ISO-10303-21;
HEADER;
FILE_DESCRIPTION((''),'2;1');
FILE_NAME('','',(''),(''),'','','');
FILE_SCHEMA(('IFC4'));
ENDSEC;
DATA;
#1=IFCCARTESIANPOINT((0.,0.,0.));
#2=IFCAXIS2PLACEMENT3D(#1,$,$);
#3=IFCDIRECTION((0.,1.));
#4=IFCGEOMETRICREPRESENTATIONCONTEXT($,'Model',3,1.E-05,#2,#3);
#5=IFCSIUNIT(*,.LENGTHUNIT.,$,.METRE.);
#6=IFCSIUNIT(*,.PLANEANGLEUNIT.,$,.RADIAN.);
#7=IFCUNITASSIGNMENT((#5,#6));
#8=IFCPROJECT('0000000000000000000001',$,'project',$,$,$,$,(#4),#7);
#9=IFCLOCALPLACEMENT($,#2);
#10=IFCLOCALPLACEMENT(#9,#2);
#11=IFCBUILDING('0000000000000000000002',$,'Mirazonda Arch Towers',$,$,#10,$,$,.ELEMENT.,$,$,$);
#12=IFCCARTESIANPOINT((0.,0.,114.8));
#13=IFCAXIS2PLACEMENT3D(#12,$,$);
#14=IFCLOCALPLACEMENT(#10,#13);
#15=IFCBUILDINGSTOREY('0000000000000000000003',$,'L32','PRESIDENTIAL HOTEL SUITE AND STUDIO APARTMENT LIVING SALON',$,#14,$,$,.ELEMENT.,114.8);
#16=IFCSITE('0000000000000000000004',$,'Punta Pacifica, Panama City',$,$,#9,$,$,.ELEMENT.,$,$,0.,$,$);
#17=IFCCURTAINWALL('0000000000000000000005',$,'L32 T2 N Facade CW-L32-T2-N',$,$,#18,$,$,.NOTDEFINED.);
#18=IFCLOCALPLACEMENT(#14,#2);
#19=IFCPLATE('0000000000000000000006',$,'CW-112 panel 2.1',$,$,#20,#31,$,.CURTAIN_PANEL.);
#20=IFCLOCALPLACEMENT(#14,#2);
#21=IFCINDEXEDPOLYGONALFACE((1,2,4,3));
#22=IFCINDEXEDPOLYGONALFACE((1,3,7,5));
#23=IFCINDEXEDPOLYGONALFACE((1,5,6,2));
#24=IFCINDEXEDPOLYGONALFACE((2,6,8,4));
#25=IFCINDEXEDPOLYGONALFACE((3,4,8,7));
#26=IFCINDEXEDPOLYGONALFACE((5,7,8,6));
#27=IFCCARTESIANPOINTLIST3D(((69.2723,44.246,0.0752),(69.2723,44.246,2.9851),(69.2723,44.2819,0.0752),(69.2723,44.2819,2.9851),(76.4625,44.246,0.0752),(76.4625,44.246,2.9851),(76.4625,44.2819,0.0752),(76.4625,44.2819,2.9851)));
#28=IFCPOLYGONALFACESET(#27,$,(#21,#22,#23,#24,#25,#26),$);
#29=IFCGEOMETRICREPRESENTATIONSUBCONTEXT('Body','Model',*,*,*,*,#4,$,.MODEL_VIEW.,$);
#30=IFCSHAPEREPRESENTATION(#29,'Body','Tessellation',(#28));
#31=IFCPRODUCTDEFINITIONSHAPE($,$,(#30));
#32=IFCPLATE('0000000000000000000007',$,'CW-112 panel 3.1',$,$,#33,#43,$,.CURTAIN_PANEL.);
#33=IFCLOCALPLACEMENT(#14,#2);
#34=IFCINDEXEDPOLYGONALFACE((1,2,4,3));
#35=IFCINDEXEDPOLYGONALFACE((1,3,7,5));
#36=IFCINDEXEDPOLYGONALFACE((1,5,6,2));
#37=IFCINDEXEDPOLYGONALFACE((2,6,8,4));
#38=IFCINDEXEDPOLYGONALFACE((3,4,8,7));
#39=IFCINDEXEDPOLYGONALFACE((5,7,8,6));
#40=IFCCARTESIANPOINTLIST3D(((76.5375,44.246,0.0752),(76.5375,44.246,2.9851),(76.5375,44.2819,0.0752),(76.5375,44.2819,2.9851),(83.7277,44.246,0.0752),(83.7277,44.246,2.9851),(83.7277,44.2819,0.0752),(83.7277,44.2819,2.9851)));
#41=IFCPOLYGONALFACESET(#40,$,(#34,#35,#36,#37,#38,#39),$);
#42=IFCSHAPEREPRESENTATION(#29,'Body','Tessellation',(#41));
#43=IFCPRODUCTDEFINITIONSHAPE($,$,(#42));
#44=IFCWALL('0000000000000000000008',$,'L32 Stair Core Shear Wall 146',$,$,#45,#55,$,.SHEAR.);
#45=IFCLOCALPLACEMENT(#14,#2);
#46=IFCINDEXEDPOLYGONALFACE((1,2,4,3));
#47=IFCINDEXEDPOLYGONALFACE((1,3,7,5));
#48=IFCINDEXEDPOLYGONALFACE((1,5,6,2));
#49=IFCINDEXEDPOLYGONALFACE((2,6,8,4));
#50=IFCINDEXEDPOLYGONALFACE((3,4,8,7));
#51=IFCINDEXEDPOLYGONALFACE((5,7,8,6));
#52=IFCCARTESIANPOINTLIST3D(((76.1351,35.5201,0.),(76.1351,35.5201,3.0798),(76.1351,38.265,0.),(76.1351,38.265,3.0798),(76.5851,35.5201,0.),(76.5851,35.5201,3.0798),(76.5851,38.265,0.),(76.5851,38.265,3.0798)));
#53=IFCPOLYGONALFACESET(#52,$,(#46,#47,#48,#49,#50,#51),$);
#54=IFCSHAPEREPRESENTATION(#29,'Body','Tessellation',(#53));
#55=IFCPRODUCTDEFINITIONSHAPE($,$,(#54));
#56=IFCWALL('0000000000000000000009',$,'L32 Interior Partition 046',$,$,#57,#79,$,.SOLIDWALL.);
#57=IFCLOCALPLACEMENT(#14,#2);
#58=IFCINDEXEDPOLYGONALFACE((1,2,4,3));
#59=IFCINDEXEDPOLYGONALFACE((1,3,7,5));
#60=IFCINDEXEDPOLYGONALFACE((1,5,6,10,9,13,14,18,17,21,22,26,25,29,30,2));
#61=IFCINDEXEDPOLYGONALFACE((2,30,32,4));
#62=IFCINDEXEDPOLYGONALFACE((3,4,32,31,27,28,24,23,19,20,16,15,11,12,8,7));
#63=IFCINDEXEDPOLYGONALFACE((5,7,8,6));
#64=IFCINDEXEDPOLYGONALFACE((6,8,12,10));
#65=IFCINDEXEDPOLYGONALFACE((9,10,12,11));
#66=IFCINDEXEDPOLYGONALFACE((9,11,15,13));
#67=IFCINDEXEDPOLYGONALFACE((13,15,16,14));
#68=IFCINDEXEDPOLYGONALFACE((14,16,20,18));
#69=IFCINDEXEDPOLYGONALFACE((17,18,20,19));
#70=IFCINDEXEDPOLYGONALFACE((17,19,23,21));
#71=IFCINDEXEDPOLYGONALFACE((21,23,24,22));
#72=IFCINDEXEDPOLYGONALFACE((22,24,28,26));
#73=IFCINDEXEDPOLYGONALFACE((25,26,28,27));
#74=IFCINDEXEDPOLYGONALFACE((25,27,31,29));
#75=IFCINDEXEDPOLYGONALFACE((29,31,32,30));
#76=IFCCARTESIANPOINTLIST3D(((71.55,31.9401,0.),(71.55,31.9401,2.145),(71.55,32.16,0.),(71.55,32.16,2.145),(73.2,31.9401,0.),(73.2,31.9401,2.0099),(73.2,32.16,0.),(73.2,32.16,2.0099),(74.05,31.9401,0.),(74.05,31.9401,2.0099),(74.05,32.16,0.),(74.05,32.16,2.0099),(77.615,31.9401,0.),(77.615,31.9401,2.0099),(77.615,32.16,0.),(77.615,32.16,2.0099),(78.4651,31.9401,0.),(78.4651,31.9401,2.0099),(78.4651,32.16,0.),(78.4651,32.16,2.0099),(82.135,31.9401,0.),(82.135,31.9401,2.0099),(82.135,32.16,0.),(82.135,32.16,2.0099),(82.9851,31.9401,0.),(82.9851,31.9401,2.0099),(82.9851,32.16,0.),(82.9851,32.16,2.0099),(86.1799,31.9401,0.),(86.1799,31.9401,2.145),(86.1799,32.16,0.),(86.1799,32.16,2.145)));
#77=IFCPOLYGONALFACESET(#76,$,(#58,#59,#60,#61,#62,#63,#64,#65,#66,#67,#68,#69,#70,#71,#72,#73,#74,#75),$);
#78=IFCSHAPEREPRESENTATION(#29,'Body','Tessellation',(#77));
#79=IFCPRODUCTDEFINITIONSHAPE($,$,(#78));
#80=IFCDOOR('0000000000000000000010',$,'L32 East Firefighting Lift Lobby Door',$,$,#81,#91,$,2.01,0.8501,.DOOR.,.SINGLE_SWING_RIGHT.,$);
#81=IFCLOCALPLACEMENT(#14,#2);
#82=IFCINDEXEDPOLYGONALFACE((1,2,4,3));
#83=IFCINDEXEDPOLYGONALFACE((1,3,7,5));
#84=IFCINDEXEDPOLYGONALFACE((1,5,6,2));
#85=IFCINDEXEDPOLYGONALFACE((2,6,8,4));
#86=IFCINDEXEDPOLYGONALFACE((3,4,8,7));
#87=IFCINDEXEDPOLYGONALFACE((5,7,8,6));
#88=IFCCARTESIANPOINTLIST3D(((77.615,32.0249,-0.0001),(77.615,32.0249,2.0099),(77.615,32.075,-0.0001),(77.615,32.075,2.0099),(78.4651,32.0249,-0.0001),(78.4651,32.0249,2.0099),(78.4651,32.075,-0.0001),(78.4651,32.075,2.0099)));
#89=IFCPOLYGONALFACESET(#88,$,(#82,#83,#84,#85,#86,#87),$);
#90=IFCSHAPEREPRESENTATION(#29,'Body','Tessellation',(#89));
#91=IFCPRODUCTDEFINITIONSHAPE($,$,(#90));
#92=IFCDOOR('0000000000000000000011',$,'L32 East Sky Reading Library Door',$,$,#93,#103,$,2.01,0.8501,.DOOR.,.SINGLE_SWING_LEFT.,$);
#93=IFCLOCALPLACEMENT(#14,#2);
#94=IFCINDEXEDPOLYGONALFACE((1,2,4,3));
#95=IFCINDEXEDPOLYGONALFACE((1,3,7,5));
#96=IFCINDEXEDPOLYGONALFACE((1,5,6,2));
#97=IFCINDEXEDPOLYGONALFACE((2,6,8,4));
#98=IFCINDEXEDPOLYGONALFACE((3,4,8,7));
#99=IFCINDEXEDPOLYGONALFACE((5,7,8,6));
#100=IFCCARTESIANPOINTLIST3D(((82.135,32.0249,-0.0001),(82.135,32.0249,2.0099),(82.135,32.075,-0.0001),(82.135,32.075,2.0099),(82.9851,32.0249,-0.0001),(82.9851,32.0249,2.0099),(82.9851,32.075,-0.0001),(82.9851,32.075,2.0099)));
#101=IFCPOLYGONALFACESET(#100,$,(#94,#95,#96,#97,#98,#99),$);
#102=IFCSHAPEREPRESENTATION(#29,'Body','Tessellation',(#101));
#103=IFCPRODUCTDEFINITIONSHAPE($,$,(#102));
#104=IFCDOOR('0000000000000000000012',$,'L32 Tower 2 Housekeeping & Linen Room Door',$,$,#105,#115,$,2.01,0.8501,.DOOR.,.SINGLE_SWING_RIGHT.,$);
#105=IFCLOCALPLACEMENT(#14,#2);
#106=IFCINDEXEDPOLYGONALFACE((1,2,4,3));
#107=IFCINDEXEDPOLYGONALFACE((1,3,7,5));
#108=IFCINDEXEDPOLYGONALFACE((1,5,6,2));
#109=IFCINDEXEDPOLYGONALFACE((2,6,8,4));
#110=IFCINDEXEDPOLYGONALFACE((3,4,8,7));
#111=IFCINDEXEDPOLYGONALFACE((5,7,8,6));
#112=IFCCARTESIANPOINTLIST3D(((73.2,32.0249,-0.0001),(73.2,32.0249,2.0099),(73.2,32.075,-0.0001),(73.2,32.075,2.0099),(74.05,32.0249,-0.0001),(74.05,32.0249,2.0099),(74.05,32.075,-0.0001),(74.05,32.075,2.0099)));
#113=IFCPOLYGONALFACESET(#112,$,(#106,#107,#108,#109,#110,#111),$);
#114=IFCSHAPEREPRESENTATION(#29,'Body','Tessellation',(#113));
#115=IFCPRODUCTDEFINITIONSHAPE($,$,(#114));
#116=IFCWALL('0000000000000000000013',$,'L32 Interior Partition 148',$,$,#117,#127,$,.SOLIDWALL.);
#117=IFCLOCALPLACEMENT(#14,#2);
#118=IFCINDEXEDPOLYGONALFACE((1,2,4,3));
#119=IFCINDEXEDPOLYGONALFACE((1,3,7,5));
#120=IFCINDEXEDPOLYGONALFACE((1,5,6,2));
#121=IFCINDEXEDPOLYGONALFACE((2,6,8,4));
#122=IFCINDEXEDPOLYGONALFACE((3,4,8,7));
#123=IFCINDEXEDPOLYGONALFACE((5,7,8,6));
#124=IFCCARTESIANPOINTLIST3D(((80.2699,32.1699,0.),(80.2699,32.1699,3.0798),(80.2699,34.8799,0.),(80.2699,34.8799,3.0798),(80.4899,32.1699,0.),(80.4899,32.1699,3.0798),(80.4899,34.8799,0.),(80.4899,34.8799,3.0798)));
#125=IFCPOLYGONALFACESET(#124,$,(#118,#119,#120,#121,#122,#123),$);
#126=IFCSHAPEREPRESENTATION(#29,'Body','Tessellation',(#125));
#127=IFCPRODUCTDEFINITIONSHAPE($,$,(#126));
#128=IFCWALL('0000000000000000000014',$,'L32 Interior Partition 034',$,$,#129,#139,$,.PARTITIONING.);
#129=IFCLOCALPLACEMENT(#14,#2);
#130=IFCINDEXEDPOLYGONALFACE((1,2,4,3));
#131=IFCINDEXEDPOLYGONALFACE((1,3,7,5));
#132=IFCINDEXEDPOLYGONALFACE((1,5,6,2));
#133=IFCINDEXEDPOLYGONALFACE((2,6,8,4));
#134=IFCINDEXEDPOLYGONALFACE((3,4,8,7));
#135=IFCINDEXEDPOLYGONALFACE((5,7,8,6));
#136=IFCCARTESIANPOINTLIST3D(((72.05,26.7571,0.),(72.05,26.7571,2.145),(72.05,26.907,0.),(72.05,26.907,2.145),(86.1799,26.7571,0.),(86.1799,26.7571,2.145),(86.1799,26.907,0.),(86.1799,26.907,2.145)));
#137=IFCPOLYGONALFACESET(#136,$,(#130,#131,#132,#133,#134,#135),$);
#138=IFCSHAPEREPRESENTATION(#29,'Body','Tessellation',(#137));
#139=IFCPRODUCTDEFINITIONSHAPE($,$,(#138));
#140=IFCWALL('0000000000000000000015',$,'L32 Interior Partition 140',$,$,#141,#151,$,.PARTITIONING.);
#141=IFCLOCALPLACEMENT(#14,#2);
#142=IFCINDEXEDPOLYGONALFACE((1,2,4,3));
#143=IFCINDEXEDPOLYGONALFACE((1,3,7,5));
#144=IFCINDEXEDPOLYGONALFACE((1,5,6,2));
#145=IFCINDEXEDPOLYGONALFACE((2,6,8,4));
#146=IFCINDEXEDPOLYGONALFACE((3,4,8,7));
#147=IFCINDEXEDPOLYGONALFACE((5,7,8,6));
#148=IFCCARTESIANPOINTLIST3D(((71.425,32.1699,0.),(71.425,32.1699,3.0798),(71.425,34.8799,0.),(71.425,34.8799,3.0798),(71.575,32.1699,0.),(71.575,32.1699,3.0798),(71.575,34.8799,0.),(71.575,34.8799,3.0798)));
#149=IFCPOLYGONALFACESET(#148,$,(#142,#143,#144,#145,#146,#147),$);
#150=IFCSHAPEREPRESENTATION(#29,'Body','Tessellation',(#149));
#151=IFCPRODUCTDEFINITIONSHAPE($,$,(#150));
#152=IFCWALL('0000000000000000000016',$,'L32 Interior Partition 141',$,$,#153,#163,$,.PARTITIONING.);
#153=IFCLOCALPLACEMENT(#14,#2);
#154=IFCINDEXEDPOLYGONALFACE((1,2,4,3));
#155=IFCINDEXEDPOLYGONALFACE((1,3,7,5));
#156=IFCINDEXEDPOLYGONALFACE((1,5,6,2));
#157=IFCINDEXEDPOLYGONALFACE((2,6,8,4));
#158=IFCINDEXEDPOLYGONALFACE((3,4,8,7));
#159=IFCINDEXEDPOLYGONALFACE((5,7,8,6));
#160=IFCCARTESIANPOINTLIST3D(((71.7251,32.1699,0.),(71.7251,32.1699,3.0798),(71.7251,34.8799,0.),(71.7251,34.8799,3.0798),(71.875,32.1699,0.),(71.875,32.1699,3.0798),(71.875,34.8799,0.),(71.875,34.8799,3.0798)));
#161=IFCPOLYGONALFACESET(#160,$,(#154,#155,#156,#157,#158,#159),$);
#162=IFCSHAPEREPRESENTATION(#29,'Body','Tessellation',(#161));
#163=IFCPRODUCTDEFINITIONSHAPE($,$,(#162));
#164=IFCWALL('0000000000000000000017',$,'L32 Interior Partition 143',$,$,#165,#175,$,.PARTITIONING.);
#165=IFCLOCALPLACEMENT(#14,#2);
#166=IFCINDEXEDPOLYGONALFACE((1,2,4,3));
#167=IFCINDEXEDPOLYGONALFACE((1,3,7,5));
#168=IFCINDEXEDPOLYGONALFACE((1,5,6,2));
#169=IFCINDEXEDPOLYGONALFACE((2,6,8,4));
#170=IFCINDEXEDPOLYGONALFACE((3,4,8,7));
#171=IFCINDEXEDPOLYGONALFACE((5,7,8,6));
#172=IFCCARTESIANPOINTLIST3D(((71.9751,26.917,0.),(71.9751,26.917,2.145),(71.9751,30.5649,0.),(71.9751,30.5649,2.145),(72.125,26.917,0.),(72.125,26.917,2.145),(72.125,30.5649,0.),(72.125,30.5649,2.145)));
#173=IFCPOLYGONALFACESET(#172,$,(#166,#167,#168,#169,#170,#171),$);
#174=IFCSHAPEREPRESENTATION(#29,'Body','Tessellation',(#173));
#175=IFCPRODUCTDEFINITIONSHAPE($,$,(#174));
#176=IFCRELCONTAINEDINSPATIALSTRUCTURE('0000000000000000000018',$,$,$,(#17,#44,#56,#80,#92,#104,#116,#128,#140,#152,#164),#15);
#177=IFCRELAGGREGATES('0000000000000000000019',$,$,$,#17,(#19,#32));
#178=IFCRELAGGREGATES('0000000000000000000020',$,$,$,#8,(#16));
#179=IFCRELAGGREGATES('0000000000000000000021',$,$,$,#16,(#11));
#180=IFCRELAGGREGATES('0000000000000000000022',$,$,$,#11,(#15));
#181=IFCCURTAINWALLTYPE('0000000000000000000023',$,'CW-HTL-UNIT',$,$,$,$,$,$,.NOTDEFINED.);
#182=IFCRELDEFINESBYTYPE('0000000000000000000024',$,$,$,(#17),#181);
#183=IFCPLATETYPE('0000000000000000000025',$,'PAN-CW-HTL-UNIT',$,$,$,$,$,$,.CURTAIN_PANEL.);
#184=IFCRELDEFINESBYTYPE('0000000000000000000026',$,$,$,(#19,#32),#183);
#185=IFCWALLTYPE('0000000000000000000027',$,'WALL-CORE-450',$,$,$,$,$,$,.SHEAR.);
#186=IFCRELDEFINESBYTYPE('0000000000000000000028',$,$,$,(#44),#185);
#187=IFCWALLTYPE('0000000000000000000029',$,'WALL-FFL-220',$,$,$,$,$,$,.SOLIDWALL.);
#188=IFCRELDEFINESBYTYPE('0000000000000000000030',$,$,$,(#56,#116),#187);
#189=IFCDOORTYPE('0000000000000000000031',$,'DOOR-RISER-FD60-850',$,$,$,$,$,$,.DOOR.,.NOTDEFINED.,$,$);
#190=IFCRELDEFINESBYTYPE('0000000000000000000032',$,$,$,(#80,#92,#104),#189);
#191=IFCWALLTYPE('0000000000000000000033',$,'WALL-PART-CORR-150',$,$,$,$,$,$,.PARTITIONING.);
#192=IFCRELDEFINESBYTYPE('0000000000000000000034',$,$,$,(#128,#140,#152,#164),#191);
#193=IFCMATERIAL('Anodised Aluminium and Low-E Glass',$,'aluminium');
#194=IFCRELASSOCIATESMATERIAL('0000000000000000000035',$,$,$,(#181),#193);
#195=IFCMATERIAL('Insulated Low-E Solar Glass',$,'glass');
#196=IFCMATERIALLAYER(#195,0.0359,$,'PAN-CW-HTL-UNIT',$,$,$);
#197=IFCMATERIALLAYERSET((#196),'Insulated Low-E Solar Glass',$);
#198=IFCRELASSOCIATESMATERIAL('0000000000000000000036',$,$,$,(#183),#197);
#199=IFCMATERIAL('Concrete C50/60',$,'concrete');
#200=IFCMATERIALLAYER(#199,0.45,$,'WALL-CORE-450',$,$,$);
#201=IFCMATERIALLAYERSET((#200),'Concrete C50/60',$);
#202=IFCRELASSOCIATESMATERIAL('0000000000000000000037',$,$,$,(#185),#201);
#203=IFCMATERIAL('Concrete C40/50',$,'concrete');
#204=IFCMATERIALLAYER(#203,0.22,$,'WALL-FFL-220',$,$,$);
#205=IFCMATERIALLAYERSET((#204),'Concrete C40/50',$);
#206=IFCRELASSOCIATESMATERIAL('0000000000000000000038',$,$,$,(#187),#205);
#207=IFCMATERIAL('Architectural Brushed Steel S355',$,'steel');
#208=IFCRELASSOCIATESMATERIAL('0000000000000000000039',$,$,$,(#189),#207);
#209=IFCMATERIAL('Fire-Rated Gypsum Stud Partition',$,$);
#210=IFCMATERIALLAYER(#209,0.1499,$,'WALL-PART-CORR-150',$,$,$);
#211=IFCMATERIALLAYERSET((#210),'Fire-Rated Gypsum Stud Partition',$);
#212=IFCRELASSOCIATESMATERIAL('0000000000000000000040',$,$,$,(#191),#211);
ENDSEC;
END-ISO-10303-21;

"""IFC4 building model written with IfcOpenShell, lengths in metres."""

from ifc_helpers import new_model, si_unit, direction, frame, frame_2d, origin, origin_2d, place, context, subcontext, project, spatial, rectangle, extrude, material, layer, layer_set, type_object, element, fill, aggregate, save


model = new_model("IFC4")

# Units and contexts
model_context = context("Model", 3, precision=1e-05, world=origin(), true_north=direction((0.0, 1.0)))
body_context = subcontext(model_context, "Body", "Model", "MODEL_VIEW")
ifc_project = project(units=[si_unit("LENGTHUNIT", "METRE"), si_unit("PLANEANGLEUNIT", "RADIAN")], contexts=[model_context])

# Site, building, storey
site_placement = place(None, origin())
site = spatial("IfcSite", under=ifc_project, at=site_placement, Name="Punta Pacifica, Panama City", CompositionType="ELEMENT", RefElevation=0.0)
building_placement = place(site_placement, origin())
building = spatial("IfcBuilding", under=site, at=building_placement, Name="Mirazonda Arch Towers", CompositionType="ELEMENT")
storey_placement = place(building_placement, frame((0.0, 0.0, 114.8)))
storey = spatial("IfcBuildingStorey", under=building, at=storey_placement, Name="L32", Description="PRESIDENTIAL HOTEL SUITE AND STUDIO APARTMENT LIVING SALON", CompositionType="ELEMENT", Elevation=114.8)

# Shared definitions
ifc_material_1 = material(Name="Concrete C50/60", Category="concrete")

# Curtain wall, plates
ifc_material_2 = material(Name="Anodised Aluminium and Low-E Glass", Category="aluminium")
curtain_wall_type = type_object("IfcCurtainWallType", Name="CW-HTL-UNIT", PredefinedType="NOTDEFINED", material=ifc_material_2)
curtain_wall_placement = place(storey_placement, origin())
curtain_wall = element("IfcCurtainWall", 1, at=curtain_wall_placement, inside=storey, type_object=curtain_wall_type, Name="L32 T2 N Facade CW-L32-T2-N", PredefinedType="NOTDEFINED")
ifc_material_3 = material(Name="Insulated Low-E Solar Glass", Category="glass")
ifc_layer_1 = layer(ifc_material_3, 0.0359, Name="PAN-CW-HTL-UNIT")
ifc_layer_set_1 = layer_set([ifc_layer_1], Name="Insulated Low-E Solar Glass")
plate_type = type_object("IfcPlateType", Name="PAN-CW-HTL-UNIT", PredefinedType="CURTAIN_PANEL", material=ifc_layer_set_1)
plate_1_placement = place(storey_placement, frame((72.8674, 44.2639, 0.0752), z_axis=(0.0, 0.0, 1.0), x_axis=(1.0, 0.0, 0.0)))
plate_1 = element("IfcPlate", 2, at=plate_1_placement, type_object=plate_type, Name="CW-112 panel 2.1", PredefinedType="CURTAIN_PANEL", context=body_context, shape_type="SweptSolid", body=[
    extrude(rectangle(XDim=7.1902, YDim=0.0359, at=origin_2d()), origin(), (0.0, 0.0, 1.0), 2.9099),
])
plate_2_placement = place(storey_placement, frame((80.1326, 44.2639, 0.0752), z_axis=(0.0, 0.0, 1.0), x_axis=(1.0, 0.0, 0.0)))
plate_2 = element("IfcPlate", 3, at=plate_2_placement, type_object=plate_type, Name="CW-112 panel 3.1", PredefinedType="CURTAIN_PANEL", context=body_context, shape_type="SweptSolid", body=[
    extrude(rectangle(XDim=7.1902, YDim=0.0359, at=origin_2d()), origin(), (0.0, 0.0, 1.0), 2.9099),
])
aggregate(curtain_wall, [plate_1, plate_2])

# Wall
ifc_layer_2 = layer(ifc_material_1, 0.45, Name="WALL-CORE-450")
ifc_layer_set_2 = layer_set([ifc_layer_2], Name="Concrete C50/60")
wall_type_1 = type_object("IfcWallType", Name="WALL-CORE-450", PredefinedType="SHEAR", material=ifc_layer_set_2)
wall_1_placement = place(storey_placement, frame((76.3601, 35.52, 0.0), z_axis=(0.0, 0.0, 1.0), x_axis=(0.0, 1.0, 0.0)))
element("IfcWall", 4, at=wall_1_placement, inside=storey, type_object=wall_type_1, Name="L32 Stair Core Shear Wall 146", PredefinedType="SHEAR", context=body_context, shape_type="SweptSolid", body=[
    extrude(rectangle(XDim=2.7449, YDim=0.45, at=frame_2d((1.3726, 0.0))), origin(), (0.0, 0.0, 1.0), 3.0798),
])

# Wall, openings, doors
ifc_material_4 = material(Name="Concrete C40/50", Category="concrete")
ifc_layer_3 = layer(ifc_material_4, 0.22, Name="WALL-FFL-220")
ifc_layer_set_3 = layer_set([ifc_layer_3], Name="Concrete C40/50")
wall_type_2 = type_object("IfcWallType", Name="WALL-FFL-220", PredefinedType="SOLIDWALL", material=ifc_layer_set_3)
wall_2_placement = place(storey_placement, frame((71.55, 32.05, 0.0), z_axis=(0.0, 0.0, 1.0), x_axis=(1.0, 0.0, 0.0)))
wall_2 = element("IfcWall", 5, at=wall_2_placement, inside=storey, type_object=wall_type_2, Name="L32 Interior Partition 046", PredefinedType="SOLIDWALL", context=body_context, shape_type="SweptSolid", body=[
    extrude(rectangle(XDim=14.6299, YDim=0.22, at=frame_2d((7.3149, 0.0))), origin(), (0.0, 0.0, 1.0), 2.145),
])
opening_1_placement = place(wall_2_placement, frame((6.0649, 0.0, 0.0)))
opening_1 = element("IfcOpeningElement", 6, at=opening_1_placement, cuts=wall_2, PredefinedType="OPENING", context=body_context, shape_type="SweptSolid", body=[
    extrude(rectangle(XDim=0.8501, YDim=2.01, at=frame_2d((0.425, 1.0049))), frame((0.0, 0.1199, 0.0), z_axis=(0.0, -1.0, 0.0), x_axis=(1.0, 0.0, 0.0)), (0.0, 0.0, 1.0), 0.24),
])
opening_2_placement = place(wall_2_placement, frame((10.585, 0.0, 0.0)))
opening_2 = element("IfcOpeningElement", 7, at=opening_2_placement, cuts=wall_2, PredefinedType="OPENING", context=body_context, shape_type="SweptSolid", body=[
    extrude(rectangle(XDim=0.8501, YDim=2.01, at=frame_2d((0.425, 1.0049))), frame((0.0, 0.1199, 0.0), z_axis=(0.0, -1.0, 0.0), x_axis=(1.0, 0.0, 0.0)), (0.0, 0.0, 1.0), 0.24),
])
opening_3_placement = place(wall_2_placement, frame((1.6499, 0.0, 0.0)))
opening_3 = element("IfcOpeningElement", 8, at=opening_3_placement, cuts=wall_2, PredefinedType="OPENING", context=body_context, shape_type="SweptSolid", body=[
    extrude(rectangle(XDim=0.8501, YDim=2.01, at=frame_2d((0.425, 1.0049))), frame((0.0, 0.1199, 0.0), z_axis=(0.0, -1.0, 0.0), x_axis=(1.0, 0.0, 0.0)), (0.0, 0.0, 1.0), 0.24),
])
ifc_material_5 = material(Name="Architectural Brushed Steel S355", Category="steel")
door_type = type_object("IfcDoorType", Name="DOOR-RISER-FD60-850", OperationType="NOTDEFINED", PredefinedType="DOOR", material=ifc_material_5)
door_1_placement = place(opening_1_placement, origin())
door_1 = element("IfcDoor", 9, at=door_1_placement, inside=storey, type_object=door_type, Name="L32 East Firefighting Lift Lobby Door", OperationType="SINGLE_SWING_RIGHT", OverallHeight=2.01, OverallWidth=0.8501, PredefinedType="DOOR", context=body_context, shape_type="SweptSolid", body=[
    extrude(rectangle(XDim=0.8501, YDim=2.01, at=frame_2d((0.425, 1.0049))), frame((0.0, 0.0249, 0.0), z_axis=(0.0, -1.0, 0.0), x_axis=(1.0, 0.0, 0.0)), (0.0, 0.0, 1.0), 0.05),
])
fill(opening_1, door_1)
door_2_placement = place(opening_2_placement, origin())
door_2 = element("IfcDoor", 10, at=door_2_placement, inside=storey, type_object=door_type, Name="L32 East Sky Reading Library Door", OperationType="SINGLE_SWING_LEFT", OverallHeight=2.01, OverallWidth=0.8501, PredefinedType="DOOR", context=body_context, shape_type="SweptSolid", body=[
    extrude(rectangle(XDim=0.8501, YDim=2.01, at=frame_2d((0.425, 1.0049))), frame((0.0, 0.0249, 0.0), z_axis=(0.0, -1.0, 0.0), x_axis=(1.0, 0.0, 0.0)), (0.0, 0.0, 1.0), 0.05),
])
fill(opening_2, door_2)
door_3_placement = place(opening_3_placement, origin())
door_3 = element("IfcDoor", 11, at=door_3_placement, inside=storey, type_object=door_type, Name="L32 Tower 2 Housekeeping & Linen Room Door", OperationType="SINGLE_SWING_RIGHT", OverallHeight=2.01, OverallWidth=0.8501, PredefinedType="DOOR", context=body_context, shape_type="SweptSolid", body=[
    extrude(rectangle(XDim=0.8501, YDim=2.01, at=frame_2d((0.425, 1.0049))), frame((0.0, 0.0249, 0.0), z_axis=(0.0, -1.0, 0.0), x_axis=(1.0, 0.0, 0.0)), (0.0, 0.0, 1.0), 0.05),
])
fill(opening_3, door_3)

# Walls
wall_3_placement = place(storey_placement, frame((80.3799, 32.1699, 0.0), z_axis=(0.0, 0.0, 1.0), x_axis=(0.0, 1.0, 0.0)))
element("IfcWall", 12, at=wall_3_placement, inside=storey, type_object=wall_type_2, Name="L32 Interior Partition 148", PredefinedType="SOLIDWALL", context=body_context, shape_type="SweptSolid", body=[
    extrude(rectangle(XDim=2.71, YDim=0.22, at=frame_2d((1.355, 0.0))), origin(), (0.0, 0.0, 1.0), 3.0798),
])
ifc_material_6 = material(Name="Fire-Rated Gypsum Stud Partition")
ifc_layer_4 = layer(ifc_material_6, 0.1499, Name="WALL-PART-CORR-150")
ifc_layer_set_4 = layer_set([ifc_layer_4], Name="Fire-Rated Gypsum Stud Partition")
wall_type_3 = type_object("IfcWallType", Name="WALL-PART-CORR-150", PredefinedType="PARTITIONING", material=ifc_layer_set_4)
wall_4_placement = place(storey_placement, frame((72.05, 26.832, 0.0), z_axis=(0.0, 0.0, 1.0), x_axis=(1.0, 0.0, 0.0)))
element("IfcWall", 13, at=wall_4_placement, inside=storey, type_object=wall_type_3, Name="L32 Interior Partition 034", PredefinedType="PARTITIONING", context=body_context, shape_type="SweptSolid", body=[
    extrude(rectangle(XDim=14.1299, YDim=0.1499, at=frame_2d((7.0649, 0.0))), origin(), (0.0, 0.0, 1.0), 2.145),
])
for number, where, z_axis, x_axis, name in (
    (14, (71.5, 32.1699, 0.0), (0.0, 0.0, 1.0), (0.0, 1.0, 0.0), "L32 Interior Partition 140"),
    (15, (71.8, 32.1699, 0.0), (0.0, 0.0, 1.0), (0.0, 1.0, 0.0), "L32 Interior Partition 141"),
):
    element("IfcWall", number, at=place(storey_placement, frame(where, z_axis=z_axis, x_axis=x_axis)), inside=storey, type_object=wall_type_3, Name=name, PredefinedType="PARTITIONING", context=body_context, shape_type="SweptSolid", body=[
        extrude(rectangle(XDim=2.71, YDim=0.1499, at=frame_2d((1.355, 0.0))), origin(), (0.0, 0.0, 1.0), 3.0798),
    ])
wall_5_placement = place(storey_placement, frame((72.05, 26.917, 0.0), z_axis=(0.0, 0.0, 1.0), x_axis=(0.0, 1.0, 0.0)))
element("IfcWall", 16, at=wall_5_placement, inside=storey, type_object=wall_type_3, Name="L32 Interior Partition 143", PredefinedType="PARTITIONING", context=body_context, shape_type="SweptSolid", body=[
    extrude(rectangle(XDim=3.6479, YDim=0.1499, at=frame_2d((1.824, 0.0))), origin(), (0.0, 0.0, 1.0), 2.145),
])

save(model, "model.ifc")
